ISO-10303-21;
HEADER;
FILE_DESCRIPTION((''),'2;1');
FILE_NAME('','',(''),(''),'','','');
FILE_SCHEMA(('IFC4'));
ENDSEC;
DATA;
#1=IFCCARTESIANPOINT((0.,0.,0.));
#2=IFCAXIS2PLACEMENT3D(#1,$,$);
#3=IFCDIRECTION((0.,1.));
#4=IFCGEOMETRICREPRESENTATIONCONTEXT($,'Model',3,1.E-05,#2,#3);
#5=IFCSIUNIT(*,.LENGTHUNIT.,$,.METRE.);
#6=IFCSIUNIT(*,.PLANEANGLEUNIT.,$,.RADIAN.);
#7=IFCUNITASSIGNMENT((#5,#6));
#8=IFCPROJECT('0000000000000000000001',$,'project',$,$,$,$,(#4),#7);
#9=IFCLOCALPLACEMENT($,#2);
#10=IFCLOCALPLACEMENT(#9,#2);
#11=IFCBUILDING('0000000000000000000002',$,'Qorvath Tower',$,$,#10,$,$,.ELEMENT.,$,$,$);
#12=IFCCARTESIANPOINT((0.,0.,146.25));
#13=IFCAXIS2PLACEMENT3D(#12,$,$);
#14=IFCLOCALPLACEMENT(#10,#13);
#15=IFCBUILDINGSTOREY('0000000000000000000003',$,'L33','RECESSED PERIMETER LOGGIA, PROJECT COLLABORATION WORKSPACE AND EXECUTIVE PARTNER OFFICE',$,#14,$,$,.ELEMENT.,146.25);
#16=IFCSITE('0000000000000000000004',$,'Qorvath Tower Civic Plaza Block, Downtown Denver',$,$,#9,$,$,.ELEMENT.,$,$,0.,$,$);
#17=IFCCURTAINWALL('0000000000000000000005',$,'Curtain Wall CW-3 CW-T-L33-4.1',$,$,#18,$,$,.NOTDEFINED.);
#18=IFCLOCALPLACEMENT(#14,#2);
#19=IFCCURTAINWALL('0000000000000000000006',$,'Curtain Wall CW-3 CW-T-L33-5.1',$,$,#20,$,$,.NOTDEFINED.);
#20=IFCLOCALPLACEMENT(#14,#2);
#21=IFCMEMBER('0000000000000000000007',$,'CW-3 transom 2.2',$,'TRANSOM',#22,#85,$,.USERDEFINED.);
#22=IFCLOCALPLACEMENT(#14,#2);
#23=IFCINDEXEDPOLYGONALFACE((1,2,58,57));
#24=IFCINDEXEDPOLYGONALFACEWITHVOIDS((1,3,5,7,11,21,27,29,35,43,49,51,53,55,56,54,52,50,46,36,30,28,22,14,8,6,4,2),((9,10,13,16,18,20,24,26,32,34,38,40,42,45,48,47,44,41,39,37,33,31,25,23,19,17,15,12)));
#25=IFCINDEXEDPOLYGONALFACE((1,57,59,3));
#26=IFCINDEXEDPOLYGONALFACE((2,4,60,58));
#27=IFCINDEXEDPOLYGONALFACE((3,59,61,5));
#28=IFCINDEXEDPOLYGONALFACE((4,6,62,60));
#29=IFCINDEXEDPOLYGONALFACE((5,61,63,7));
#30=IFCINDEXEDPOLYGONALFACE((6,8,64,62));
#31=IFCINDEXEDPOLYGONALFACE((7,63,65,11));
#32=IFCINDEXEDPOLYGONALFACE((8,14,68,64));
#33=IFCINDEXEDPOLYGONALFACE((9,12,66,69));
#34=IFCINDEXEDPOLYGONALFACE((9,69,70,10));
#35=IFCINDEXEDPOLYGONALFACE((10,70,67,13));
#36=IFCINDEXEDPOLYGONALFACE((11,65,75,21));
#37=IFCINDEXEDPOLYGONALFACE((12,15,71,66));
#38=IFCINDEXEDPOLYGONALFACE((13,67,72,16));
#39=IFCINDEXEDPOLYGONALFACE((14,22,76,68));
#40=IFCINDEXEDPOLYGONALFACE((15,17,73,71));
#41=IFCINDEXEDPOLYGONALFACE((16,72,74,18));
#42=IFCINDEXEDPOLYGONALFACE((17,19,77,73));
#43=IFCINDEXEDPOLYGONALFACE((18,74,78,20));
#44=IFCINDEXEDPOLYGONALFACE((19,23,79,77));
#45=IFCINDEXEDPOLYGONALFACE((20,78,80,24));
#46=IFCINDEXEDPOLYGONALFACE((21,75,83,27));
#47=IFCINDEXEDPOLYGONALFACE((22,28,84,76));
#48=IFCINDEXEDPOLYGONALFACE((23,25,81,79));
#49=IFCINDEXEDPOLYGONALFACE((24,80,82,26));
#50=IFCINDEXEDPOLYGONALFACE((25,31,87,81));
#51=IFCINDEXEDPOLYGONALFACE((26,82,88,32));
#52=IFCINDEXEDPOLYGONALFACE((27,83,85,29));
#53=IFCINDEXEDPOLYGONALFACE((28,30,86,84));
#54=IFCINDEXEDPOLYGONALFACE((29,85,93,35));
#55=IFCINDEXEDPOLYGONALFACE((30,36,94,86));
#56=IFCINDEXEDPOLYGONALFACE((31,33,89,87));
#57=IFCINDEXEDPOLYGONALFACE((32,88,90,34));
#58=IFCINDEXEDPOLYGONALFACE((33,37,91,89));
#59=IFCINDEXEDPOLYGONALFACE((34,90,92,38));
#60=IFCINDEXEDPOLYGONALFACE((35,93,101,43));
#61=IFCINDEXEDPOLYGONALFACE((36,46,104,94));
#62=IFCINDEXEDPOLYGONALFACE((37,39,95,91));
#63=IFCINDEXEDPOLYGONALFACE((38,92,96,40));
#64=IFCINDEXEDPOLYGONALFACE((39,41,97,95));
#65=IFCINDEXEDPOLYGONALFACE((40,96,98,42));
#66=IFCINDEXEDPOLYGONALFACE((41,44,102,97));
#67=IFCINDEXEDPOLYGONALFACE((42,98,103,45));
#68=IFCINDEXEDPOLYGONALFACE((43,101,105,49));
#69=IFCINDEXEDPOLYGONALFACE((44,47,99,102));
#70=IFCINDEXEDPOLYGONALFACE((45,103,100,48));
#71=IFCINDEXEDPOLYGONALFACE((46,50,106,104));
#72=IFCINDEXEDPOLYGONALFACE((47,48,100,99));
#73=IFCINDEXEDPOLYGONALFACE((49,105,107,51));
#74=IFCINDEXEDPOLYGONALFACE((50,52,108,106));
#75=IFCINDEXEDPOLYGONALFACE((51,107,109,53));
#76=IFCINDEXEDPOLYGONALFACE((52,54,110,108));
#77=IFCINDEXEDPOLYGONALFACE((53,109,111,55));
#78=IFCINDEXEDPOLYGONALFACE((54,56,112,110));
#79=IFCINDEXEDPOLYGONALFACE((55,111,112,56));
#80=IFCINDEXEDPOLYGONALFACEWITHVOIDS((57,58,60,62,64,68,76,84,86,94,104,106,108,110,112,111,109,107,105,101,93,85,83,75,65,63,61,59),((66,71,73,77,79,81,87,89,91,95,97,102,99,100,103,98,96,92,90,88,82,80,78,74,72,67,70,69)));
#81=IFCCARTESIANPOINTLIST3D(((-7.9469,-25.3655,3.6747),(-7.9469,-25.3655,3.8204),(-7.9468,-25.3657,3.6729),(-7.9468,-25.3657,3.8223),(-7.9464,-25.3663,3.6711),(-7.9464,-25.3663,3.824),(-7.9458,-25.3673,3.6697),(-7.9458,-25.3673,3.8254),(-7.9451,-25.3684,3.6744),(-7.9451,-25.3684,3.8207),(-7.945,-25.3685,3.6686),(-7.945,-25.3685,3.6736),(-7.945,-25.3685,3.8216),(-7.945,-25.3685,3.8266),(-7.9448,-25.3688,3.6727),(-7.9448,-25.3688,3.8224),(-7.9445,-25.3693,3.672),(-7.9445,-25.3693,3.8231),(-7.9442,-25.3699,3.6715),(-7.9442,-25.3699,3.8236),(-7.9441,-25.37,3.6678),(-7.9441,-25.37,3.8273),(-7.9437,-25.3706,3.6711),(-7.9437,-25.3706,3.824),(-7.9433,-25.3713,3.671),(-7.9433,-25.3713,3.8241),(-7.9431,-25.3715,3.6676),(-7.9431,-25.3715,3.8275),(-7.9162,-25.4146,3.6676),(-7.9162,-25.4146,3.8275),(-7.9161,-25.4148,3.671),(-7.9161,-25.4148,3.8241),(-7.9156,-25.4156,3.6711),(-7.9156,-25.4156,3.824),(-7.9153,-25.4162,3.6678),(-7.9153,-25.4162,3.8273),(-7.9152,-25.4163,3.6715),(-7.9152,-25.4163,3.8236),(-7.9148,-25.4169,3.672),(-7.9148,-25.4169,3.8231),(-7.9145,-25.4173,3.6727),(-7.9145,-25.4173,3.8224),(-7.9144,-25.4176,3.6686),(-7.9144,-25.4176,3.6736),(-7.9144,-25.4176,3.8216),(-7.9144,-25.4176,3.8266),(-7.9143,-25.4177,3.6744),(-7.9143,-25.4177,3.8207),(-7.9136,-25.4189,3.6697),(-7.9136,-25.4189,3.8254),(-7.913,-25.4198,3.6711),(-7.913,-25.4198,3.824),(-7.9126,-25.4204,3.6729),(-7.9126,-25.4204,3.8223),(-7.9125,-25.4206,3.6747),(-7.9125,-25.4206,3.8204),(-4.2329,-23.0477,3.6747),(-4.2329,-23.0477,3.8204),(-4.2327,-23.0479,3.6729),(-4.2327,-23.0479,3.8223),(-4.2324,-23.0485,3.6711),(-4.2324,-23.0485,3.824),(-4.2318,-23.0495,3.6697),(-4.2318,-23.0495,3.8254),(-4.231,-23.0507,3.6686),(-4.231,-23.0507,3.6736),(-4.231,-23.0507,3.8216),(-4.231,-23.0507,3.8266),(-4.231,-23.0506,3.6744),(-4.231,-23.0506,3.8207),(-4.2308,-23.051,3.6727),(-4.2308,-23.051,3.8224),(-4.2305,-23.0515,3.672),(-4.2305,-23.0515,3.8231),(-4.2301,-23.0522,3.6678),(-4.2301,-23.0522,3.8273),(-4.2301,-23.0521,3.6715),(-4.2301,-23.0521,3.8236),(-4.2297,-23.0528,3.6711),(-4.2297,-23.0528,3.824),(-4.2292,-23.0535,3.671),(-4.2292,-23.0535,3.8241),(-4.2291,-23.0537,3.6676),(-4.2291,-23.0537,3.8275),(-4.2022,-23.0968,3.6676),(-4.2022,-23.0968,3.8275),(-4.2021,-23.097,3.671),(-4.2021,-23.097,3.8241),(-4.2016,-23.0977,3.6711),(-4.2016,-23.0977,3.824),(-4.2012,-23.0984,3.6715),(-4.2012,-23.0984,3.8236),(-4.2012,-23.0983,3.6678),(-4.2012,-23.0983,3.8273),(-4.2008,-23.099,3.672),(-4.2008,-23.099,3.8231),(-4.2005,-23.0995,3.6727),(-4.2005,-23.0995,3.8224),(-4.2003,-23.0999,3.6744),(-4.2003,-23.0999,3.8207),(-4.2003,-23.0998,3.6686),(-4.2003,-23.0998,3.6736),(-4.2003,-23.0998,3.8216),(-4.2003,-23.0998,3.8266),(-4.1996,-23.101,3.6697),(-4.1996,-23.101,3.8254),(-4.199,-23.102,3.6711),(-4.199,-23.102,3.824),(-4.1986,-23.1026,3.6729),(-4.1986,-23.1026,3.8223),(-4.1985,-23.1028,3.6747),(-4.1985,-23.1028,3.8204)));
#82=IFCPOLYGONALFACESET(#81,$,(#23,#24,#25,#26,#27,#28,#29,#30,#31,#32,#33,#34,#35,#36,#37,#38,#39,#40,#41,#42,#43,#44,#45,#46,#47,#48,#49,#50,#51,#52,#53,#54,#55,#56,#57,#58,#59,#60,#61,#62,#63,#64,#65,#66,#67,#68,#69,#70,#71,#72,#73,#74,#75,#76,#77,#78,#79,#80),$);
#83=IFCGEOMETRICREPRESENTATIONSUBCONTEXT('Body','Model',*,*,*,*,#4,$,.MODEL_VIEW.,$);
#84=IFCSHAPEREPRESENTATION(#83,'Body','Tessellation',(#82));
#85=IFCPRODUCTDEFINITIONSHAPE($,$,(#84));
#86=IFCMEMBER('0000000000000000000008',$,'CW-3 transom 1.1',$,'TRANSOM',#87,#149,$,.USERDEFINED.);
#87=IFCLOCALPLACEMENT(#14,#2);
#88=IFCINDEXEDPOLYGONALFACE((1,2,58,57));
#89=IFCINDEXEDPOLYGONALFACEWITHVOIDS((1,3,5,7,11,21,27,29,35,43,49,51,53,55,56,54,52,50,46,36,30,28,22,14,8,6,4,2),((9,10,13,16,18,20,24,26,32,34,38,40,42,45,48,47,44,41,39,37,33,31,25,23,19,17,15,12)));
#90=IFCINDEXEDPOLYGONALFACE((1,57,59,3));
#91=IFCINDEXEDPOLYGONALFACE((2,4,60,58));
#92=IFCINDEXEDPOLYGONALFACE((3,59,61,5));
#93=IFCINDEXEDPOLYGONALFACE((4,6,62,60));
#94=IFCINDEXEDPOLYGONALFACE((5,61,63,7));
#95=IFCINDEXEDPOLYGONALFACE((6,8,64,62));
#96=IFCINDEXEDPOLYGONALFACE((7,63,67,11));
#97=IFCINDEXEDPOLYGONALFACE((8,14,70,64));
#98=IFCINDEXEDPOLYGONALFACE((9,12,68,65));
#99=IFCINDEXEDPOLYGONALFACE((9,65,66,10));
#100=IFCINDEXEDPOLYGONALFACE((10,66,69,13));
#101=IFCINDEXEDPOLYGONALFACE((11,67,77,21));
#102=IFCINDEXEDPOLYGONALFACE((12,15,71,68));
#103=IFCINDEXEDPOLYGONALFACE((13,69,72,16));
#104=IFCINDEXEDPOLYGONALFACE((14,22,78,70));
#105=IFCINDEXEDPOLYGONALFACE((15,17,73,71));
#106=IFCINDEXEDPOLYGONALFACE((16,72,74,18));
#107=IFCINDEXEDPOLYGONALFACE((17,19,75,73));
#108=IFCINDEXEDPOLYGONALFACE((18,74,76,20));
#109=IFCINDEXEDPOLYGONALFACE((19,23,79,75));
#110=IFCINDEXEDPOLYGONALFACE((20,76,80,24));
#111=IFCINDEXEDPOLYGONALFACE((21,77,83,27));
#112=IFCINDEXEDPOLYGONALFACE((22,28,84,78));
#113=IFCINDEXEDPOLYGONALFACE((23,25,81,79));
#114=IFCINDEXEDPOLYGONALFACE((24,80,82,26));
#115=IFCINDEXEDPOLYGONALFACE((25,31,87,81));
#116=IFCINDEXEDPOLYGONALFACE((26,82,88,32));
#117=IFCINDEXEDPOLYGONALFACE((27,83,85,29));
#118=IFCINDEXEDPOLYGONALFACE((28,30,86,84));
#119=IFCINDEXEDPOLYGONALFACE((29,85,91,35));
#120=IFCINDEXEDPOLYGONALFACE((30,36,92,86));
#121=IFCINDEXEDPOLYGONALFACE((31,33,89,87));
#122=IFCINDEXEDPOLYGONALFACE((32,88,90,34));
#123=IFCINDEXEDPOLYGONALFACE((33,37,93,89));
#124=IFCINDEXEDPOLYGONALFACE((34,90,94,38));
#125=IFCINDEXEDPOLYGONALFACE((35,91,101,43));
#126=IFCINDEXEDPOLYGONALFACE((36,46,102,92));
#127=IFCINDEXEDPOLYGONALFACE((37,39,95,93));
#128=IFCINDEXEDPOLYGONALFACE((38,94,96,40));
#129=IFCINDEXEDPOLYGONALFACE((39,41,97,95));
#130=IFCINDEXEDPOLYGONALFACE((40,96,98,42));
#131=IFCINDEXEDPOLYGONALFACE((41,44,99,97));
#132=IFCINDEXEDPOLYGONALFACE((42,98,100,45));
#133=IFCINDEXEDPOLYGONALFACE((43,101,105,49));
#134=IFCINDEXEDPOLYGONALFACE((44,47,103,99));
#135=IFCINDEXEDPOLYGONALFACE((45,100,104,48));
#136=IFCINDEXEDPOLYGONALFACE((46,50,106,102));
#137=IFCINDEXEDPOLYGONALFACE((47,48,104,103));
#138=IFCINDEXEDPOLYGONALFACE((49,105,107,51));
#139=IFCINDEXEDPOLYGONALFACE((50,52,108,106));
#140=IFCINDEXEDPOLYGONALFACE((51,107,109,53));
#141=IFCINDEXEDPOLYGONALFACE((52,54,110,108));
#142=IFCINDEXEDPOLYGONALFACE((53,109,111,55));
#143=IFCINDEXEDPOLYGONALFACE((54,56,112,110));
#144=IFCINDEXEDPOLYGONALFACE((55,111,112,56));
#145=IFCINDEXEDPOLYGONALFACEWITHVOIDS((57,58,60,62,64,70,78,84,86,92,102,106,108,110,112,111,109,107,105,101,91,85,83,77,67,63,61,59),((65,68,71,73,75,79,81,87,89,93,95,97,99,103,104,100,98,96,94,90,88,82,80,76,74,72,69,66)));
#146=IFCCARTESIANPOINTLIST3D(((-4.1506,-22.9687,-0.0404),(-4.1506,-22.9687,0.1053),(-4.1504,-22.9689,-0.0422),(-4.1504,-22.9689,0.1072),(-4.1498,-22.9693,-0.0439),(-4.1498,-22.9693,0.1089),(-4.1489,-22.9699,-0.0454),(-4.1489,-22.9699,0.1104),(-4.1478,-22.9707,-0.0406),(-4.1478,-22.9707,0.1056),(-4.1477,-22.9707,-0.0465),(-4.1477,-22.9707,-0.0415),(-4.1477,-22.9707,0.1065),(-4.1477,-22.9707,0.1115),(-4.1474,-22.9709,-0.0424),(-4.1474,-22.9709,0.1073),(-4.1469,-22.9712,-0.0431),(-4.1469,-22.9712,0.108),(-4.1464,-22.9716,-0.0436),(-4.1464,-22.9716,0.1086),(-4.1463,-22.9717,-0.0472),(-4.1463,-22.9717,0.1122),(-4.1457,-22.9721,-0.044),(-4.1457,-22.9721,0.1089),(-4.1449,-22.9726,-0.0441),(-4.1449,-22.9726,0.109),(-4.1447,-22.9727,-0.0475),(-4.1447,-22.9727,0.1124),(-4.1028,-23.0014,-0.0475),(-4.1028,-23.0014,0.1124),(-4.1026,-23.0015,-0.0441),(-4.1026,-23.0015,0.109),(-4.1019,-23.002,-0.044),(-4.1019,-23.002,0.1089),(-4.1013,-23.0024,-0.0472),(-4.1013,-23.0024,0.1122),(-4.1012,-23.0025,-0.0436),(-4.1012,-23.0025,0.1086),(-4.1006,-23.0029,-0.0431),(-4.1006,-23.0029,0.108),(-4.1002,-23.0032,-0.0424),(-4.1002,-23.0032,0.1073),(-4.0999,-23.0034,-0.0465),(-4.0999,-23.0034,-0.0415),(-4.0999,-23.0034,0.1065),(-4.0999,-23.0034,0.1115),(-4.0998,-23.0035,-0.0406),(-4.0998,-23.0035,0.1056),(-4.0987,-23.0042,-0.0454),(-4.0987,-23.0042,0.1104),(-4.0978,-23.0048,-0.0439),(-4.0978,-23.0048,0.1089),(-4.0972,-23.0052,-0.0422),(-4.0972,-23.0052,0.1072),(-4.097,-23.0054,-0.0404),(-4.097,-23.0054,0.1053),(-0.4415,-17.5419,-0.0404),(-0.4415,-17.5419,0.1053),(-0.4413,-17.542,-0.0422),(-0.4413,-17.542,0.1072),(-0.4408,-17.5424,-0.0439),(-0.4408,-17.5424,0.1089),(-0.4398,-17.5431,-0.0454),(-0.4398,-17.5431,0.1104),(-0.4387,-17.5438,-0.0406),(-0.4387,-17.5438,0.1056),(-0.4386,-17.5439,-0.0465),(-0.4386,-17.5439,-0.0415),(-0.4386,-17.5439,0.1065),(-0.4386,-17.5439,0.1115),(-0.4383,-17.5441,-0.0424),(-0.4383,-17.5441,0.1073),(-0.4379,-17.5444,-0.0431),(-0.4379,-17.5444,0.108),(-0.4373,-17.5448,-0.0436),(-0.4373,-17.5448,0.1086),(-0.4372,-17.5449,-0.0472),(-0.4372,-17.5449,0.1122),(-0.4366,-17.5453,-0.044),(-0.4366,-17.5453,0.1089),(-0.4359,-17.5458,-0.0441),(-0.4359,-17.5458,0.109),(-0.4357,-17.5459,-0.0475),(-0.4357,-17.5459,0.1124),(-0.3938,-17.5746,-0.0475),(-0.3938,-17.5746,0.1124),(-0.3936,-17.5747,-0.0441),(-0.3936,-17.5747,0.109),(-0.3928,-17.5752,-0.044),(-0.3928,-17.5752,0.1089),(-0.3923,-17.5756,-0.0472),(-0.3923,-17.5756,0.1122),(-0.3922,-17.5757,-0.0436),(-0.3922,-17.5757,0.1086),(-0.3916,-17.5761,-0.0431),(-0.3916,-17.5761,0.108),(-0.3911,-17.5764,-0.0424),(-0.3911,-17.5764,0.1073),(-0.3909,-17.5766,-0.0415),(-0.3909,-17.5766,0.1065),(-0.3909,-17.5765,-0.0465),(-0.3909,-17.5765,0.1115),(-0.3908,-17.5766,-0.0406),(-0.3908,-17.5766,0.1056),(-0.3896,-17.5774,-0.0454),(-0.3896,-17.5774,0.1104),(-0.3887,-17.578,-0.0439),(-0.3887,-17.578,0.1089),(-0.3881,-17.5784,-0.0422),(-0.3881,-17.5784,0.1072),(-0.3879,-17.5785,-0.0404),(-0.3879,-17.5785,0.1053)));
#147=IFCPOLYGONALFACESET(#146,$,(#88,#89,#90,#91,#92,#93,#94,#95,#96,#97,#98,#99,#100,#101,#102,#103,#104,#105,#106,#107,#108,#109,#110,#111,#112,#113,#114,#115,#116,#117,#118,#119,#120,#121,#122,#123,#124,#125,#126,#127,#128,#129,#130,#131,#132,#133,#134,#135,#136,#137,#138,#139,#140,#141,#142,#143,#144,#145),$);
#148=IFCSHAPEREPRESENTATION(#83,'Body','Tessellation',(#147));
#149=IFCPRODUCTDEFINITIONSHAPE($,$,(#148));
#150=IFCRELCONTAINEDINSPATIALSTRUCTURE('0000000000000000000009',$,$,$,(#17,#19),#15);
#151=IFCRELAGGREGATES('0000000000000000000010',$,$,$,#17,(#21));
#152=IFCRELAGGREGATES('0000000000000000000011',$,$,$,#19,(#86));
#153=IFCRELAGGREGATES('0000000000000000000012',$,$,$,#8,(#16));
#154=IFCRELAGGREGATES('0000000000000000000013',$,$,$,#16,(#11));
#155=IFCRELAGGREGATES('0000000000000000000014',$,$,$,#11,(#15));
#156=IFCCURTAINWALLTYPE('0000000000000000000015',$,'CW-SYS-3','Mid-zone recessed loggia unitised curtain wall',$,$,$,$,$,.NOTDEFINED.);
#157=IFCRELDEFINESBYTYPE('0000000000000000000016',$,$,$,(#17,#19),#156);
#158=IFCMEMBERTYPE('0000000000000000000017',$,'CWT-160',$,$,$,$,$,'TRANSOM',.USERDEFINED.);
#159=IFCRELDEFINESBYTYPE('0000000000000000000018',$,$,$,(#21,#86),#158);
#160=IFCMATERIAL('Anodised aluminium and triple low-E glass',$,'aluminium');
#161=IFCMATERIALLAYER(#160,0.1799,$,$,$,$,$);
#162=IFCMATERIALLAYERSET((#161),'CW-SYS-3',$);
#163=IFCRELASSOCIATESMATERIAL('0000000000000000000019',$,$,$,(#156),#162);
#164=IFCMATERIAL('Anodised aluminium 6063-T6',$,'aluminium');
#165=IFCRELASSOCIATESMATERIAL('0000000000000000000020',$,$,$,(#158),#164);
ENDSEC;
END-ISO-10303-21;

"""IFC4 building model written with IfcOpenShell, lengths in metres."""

from ifc_helpers import new_model, si_unit, direction, frame, origin, origin_2d, place, context, subcontext, project, spatial, hollow_rectangle, extrude, material, layer, layer_set, material_profile, profile_set, type_object, element, aggregate, save


model = new_model("IFC4")

# Units and contexts
model_context = context("Model", 3, precision=1e-05, world=origin(), true_north=direction((0.0, 1.0)))
body_context = subcontext(model_context, "Body", "Model", "MODEL_VIEW")
ifc_project = project(units=[si_unit("LENGTHUNIT", "METRE"), si_unit("PLANEANGLEUNIT", "RADIAN")], contexts=[model_context])

# Site, building, storey
site_placement = place(None, origin())
site = spatial("IfcSite", under=ifc_project, at=site_placement, Name="Qorvath Tower Civic Plaza Block, Downtown Denver", CompositionType="ELEMENT", RefElevation=0.0)
building_placement = place(site_placement, origin())
building = spatial("IfcBuilding", under=site, at=building_placement, Name="Qorvath Tower", CompositionType="ELEMENT")
storey_placement = place(building_placement, frame((0.0, 0.0, 146.25)))
storey = spatial("IfcBuildingStorey", under=building, at=storey_placement, Name="L33", Description="RECESSED PERIMETER LOGGIA, PROJECT COLLABORATION WORKSPACE AND EXECUTIVE PARTNER OFFICE", CompositionType="ELEMENT", Elevation=146.25)

# Curtain walls
ifc_material_1 = material(Name="Anodised aluminium and triple low-E glass", Category="aluminium")
ifc_layer_1 = layer(ifc_material_1, 0.1799)
ifc_layer_set_1 = layer_set([ifc_layer_1], Name="CW-SYS-3")
curtain_wall_type = type_object("IfcCurtainWallType", Name="CW-SYS-3", Description="Mid-zone recessed loggia unitised curtain wall", PredefinedType="NOTDEFINED", material=ifc_layer_set_1)
curtain_wall_1_placement = place(storey_placement, origin())
curtain_wall_1 = element("IfcCurtainWall", 1, at=curtain_wall_1_placement, inside=storey, type_object=curtain_wall_type, Name="Curtain Wall CW-3 CW-T-L33-4.1", PredefinedType="NOTDEFINED")
curtain_wall_2_placement = place(storey_placement, origin())
curtain_wall_2 = element("IfcCurtainWall", 2, at=curtain_wall_2_placement, inside=storey, type_object=curtain_wall_type, Name="Curtain Wall CW-3 CW-T-L33-5.1", PredefinedType="NOTDEFINED")

# Members
ifc_material_2 = material(Name="Anodised aluminium 6063-T6", Category="aluminium")
ifc_material_profile_1 = material_profile(ifc_material_2, hollow_rectangle(XDim=0.0649, YDim=0.1599, WallThickness=0.0034, InnerFilletRadius=0.0034, OuterFilletRadius=0.0071, at=origin_2d()), Name="CWT 160x65")
ifc_profile_set_1 = profile_set([ifc_material_profile_1], Name="Anodised aluminium 6063-T6")
member_type_1 = type_object("IfcMemberType", Name="CWT-160", ElementType="TRANSOM", PredefinedType="USERDEFINED", material=ifc_profile_set_1)
member_1_placement = place(storey_placement, frame((-7.9297, -25.3931, 3.7476), z_axis=(0.848352, 0.529432, 0.0), x_axis=(-0.529432, 0.848352, 0.0)))
member_1 = element("IfcMember", 3, at=member_1_placement, type_object=member_type_1, Name="CW-3 transom 2.2", ObjectType="TRANSOM", PredefinedType="USERDEFINED", context=body_context, shape_type="SweptSolid", body=[
    extrude(hollow_rectangle(XDim=0.0649, YDim=0.1599, WallThickness=0.0034, InnerFilletRadius=0.0034, OuterFilletRadius=0.0071, at=origin_2d()), origin(), (0.0, 0.0, 1.0), 4.3779),
])
member_2_placement = place(storey_placement, frame((-4.1238, -22.9871, 0.0325), z_axis=(0.564263, 0.825595, 0.0), x_axis=(-0.825595, 0.564263, 0.0)))
member_2 = element("IfcMember", 4, at=member_2_placement, type_object=member_type_1, Name="CW-3 transom 1.1", ObjectType="TRANSOM", PredefinedType="USERDEFINED", context=body_context, shape_type="SweptSolid", body=[
    extrude(hollow_rectangle(XDim=0.0649, YDim=0.1599, WallThickness=0.0034, InnerFilletRadius=0.0034, OuterFilletRadius=0.0071, at=origin_2d()), origin(), (0.0, 0.0, 1.0), 6.5732),
])

aggregate(curtain_wall_1, [member_1])
aggregate(curtain_wall_2, [member_2])

save(model, "model.ifc")
